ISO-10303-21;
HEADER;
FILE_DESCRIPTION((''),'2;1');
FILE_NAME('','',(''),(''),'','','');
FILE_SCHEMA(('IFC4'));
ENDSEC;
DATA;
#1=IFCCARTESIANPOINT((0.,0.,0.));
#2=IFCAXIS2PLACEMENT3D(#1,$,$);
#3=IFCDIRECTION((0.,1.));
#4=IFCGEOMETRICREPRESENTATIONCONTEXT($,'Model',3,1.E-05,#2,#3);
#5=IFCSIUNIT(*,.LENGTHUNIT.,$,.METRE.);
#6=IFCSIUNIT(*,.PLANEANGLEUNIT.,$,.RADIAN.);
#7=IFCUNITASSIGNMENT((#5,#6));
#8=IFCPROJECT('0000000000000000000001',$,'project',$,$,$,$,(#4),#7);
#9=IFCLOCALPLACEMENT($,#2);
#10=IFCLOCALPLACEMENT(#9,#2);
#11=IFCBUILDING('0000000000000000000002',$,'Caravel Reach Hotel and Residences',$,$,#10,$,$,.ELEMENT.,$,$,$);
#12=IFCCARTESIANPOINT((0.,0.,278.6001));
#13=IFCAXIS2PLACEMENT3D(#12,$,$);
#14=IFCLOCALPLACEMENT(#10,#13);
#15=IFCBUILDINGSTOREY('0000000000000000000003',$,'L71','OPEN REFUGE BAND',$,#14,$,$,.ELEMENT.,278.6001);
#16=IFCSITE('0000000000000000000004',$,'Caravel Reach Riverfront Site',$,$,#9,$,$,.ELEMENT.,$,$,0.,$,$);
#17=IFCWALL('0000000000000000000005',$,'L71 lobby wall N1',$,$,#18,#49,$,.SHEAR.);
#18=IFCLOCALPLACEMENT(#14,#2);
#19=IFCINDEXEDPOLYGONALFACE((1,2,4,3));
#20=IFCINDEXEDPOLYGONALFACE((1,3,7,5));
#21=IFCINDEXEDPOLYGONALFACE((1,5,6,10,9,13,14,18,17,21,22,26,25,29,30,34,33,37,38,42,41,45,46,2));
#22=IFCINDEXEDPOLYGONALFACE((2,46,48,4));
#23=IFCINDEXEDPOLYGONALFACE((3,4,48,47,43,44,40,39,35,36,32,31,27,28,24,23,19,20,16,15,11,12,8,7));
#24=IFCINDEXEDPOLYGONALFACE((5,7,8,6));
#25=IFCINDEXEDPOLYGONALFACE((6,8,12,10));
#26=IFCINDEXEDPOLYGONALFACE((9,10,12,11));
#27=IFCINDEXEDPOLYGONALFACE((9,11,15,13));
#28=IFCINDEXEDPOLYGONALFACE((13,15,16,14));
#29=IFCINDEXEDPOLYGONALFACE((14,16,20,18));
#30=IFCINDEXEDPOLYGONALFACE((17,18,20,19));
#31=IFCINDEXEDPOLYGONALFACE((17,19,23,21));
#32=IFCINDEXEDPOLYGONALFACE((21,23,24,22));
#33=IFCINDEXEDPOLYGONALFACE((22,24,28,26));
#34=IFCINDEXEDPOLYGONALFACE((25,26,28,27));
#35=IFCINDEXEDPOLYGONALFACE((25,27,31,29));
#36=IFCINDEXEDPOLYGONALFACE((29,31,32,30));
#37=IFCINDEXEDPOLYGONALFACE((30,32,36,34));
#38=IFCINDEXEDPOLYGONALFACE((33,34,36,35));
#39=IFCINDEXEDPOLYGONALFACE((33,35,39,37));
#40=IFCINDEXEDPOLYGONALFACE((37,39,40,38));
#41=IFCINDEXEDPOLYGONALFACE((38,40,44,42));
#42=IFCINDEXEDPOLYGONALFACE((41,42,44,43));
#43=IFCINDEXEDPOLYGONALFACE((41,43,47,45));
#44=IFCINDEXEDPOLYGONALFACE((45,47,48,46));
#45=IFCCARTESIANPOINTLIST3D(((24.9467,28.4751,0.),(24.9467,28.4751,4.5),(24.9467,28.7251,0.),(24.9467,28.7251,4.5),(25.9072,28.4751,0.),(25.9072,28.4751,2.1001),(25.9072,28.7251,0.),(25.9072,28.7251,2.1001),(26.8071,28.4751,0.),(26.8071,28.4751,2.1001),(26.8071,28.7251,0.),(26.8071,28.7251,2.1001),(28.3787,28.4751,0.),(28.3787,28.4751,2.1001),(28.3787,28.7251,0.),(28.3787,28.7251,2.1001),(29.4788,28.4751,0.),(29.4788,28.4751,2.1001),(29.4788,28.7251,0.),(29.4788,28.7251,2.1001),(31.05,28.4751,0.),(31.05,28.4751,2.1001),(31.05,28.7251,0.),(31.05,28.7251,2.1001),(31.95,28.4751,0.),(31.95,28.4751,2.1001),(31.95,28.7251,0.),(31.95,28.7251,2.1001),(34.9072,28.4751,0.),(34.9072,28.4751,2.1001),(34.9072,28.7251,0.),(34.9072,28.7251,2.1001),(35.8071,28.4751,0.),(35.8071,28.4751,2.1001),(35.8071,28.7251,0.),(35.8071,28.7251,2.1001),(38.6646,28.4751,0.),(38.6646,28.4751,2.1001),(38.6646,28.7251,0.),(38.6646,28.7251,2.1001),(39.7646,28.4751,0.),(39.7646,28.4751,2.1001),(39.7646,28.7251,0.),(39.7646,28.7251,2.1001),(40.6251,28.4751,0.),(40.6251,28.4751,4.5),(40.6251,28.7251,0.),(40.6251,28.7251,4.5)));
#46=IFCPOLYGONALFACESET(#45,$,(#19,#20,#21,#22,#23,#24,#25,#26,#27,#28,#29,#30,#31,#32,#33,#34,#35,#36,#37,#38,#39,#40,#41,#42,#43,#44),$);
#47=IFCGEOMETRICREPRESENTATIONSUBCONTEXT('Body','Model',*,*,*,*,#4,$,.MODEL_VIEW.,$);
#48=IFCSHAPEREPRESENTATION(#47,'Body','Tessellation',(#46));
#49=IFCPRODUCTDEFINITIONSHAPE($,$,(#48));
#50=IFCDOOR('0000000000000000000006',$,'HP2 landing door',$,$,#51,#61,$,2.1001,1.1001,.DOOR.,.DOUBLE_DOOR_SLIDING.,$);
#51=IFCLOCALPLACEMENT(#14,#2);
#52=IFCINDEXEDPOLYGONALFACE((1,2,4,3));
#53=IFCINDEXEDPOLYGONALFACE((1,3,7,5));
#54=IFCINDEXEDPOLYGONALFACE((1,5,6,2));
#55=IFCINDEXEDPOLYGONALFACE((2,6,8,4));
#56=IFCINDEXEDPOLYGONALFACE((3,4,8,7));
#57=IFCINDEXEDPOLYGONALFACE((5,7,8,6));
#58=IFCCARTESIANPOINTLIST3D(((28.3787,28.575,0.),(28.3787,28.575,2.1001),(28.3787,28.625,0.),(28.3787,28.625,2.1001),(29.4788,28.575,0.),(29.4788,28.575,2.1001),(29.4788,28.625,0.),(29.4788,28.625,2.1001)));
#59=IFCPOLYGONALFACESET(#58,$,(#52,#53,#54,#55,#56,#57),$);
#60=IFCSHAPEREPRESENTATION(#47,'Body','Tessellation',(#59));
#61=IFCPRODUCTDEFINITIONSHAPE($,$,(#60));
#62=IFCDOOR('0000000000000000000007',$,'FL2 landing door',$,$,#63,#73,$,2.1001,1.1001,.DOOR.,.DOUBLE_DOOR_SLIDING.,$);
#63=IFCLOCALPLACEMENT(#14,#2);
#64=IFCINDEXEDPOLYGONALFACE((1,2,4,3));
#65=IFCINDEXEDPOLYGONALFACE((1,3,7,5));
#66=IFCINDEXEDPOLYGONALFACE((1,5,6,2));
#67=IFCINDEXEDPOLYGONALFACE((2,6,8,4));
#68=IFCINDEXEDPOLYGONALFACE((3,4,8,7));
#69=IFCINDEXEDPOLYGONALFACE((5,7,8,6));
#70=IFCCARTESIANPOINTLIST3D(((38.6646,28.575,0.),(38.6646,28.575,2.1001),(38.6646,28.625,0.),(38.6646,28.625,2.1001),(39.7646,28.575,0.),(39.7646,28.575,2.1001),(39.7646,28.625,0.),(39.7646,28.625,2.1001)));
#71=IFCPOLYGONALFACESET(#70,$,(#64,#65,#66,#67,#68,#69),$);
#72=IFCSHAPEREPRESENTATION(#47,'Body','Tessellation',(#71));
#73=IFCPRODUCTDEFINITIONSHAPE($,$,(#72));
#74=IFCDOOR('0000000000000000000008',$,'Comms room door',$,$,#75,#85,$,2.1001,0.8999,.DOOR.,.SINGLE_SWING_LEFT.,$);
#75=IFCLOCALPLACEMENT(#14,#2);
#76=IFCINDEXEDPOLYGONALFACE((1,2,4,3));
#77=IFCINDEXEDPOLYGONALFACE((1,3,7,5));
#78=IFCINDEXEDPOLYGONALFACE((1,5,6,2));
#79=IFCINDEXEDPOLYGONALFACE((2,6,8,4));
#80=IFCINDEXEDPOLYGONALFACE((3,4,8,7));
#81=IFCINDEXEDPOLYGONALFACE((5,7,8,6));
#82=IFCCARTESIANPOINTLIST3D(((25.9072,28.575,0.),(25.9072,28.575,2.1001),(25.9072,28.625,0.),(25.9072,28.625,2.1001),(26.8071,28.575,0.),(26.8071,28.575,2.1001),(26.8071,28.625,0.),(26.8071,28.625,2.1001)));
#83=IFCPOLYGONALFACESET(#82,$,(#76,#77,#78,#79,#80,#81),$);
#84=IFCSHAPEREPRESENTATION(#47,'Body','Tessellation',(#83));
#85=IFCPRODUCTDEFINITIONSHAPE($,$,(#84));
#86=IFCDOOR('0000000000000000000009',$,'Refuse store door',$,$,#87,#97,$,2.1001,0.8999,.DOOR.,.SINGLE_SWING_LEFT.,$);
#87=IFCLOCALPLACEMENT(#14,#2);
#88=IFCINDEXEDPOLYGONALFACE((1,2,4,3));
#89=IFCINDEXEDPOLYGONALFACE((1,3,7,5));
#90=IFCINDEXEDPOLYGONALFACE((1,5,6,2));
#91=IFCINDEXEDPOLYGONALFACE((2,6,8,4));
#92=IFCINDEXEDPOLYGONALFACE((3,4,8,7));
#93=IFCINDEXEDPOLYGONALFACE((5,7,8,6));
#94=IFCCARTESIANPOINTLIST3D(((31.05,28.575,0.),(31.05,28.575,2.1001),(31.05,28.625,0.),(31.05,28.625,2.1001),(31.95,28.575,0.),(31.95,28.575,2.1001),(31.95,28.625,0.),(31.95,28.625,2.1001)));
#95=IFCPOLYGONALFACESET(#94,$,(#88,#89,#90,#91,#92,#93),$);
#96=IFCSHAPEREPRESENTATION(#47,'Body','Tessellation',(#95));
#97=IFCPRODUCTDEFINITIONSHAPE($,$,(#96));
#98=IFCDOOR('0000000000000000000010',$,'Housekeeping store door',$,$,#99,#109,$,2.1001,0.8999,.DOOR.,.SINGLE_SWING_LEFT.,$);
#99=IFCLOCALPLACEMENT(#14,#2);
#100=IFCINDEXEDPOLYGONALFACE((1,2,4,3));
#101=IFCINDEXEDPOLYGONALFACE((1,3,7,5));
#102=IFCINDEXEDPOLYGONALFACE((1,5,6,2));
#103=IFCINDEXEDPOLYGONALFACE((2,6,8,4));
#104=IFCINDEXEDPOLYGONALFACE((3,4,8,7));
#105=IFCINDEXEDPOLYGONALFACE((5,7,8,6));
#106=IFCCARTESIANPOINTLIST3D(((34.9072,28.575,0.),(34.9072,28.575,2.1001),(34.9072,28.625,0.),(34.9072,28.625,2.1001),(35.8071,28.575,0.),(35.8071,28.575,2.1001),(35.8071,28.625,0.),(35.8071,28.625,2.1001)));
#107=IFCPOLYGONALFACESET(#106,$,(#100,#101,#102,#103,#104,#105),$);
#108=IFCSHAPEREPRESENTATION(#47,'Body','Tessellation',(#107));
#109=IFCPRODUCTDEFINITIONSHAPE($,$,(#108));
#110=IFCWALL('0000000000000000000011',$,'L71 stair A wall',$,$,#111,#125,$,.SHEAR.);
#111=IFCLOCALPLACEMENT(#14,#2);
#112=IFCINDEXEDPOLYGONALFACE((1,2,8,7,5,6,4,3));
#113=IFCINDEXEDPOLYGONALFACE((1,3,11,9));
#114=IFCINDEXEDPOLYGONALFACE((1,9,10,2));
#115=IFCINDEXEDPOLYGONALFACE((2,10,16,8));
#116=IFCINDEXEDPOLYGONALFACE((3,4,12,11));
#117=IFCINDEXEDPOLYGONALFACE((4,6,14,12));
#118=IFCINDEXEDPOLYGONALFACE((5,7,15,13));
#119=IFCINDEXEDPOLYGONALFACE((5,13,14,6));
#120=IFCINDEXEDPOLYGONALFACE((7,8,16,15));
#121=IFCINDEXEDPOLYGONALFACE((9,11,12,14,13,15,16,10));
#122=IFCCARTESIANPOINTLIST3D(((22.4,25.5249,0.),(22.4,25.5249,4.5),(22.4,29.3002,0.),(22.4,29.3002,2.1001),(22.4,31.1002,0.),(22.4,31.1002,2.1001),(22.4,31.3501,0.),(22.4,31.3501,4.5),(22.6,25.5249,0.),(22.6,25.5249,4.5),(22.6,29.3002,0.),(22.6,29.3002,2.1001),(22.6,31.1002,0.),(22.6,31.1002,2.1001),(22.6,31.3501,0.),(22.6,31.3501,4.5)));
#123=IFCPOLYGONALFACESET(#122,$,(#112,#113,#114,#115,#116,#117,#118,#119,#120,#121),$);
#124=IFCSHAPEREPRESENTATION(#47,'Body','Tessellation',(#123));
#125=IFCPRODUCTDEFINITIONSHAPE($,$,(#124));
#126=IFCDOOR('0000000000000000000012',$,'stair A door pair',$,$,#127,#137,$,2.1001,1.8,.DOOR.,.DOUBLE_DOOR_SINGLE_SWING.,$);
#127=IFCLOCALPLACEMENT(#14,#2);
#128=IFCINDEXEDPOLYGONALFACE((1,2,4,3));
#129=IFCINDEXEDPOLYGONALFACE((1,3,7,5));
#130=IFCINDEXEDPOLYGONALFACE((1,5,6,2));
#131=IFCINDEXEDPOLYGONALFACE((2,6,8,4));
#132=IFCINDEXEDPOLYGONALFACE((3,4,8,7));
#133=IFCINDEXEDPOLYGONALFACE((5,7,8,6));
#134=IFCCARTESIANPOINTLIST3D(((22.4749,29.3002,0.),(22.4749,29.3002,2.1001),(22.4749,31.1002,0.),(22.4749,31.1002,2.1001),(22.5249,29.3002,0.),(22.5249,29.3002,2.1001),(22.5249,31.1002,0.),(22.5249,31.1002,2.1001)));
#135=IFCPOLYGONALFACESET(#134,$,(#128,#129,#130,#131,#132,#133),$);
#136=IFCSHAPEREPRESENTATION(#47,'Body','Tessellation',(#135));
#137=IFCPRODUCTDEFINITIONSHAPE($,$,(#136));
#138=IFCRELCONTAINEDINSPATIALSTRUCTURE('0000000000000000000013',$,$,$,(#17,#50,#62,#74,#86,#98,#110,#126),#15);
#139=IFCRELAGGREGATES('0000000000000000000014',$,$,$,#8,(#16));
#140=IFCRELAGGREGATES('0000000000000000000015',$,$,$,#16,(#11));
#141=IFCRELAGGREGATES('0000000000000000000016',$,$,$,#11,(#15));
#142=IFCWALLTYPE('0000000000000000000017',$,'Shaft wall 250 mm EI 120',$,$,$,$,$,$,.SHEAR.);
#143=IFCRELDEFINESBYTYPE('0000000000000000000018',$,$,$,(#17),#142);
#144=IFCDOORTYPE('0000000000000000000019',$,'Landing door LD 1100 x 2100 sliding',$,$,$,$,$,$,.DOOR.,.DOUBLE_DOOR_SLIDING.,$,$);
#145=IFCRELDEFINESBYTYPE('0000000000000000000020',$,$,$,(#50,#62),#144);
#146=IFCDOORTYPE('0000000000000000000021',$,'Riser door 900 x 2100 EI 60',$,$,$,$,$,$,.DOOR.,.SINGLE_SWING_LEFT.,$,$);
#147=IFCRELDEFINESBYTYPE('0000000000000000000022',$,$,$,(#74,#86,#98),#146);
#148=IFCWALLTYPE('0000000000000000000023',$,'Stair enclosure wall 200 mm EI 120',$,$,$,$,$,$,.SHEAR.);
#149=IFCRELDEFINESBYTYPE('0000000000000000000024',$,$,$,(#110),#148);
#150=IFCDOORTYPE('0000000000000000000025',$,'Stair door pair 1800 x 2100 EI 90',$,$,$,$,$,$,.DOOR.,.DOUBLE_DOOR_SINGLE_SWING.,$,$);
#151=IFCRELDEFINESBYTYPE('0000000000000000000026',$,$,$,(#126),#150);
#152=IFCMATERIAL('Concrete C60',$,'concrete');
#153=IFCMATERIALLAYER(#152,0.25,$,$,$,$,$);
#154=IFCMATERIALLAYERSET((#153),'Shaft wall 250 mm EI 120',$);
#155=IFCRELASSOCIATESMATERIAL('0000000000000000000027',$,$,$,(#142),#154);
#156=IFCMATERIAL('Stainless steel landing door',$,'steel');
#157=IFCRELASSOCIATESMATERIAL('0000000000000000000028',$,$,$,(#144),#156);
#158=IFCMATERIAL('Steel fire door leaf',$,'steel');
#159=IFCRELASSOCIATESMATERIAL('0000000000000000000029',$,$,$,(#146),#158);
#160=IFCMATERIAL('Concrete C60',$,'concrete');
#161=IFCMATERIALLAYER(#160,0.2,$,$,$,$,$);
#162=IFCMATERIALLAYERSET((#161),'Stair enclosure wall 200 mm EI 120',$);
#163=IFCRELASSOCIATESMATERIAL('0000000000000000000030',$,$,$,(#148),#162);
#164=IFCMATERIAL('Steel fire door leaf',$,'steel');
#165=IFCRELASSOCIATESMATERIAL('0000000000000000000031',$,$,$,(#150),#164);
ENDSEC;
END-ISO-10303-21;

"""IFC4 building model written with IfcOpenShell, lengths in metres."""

from ifc_helpers import new_model, si_unit, direction, frame, frame_2d, origin, place, context, subcontext, project, spatial, rectangle, extrude, material, layer, layer_set, type_object, element, fill, save


model = new_model("IFC4")

# Units and contexts
model_context = context("Model", 3, precision=1e-05, world=origin(), true_north=direction((0.0, 1.0)))
body_context = subcontext(model_context, "Body", "Model", "MODEL_VIEW")
ifc_project = project(units=[si_unit("LENGTHUNIT", "METRE"), si_unit("PLANEANGLEUNIT", "RADIAN")], contexts=[model_context])

# Site, building, storey
site_placement = place(None, origin())
site = spatial("IfcSite", under=ifc_project, at=site_placement, Name="Caravel Reach Riverfront Site", CompositionType="ELEMENT", RefElevation=0.0)
building_placement = place(site_placement, origin())
building = spatial("IfcBuilding", under=site, at=building_placement, Name="Caravel Reach Hotel and Residences", CompositionType="ELEMENT")
storey_placement = place(building_placement, frame((0.0, 0.0, 278.6001)))
storey = spatial("IfcBuildingStorey", under=building, at=storey_placement, Name="L71", Description="OPEN REFUGE BAND", CompositionType="ELEMENT", Elevation=278.6001)

# Wall, openings, doors
ifc_material_1 = material(Name="Concrete C60", Category="concrete")
ifc_layer_1 = layer(ifc_material_1, 0.25)
ifc_layer_set_1 = layer_set([ifc_layer_1], Name="Shaft wall 250 mm EI 120")
wall_type_1 = type_object("IfcWallType", Name="Shaft wall 250 mm EI 120", PredefinedType="SHEAR", material=ifc_layer_set_1)
wall_1_placement = place(storey_placement, frame((24.9465, 28.6001, 0.0), z_axis=(0.0, 0.0, 1.0), x_axis=(1.0, 0.0, 0.0)))
wall_1 = element("IfcWall", 1, at=wall_1_placement, inside=storey, type_object=wall_type_1, Name="L71 lobby wall N1", PredefinedType="SHEAR", context=body_context, shape_type="SweptSolid", body=[
    extrude(rectangle(XDim=15.6785, YDim=0.25, at=frame_2d((7.8394, 0.0))), origin(), (0.0, 0.0, 1.0), 4.5),
])
opening_1_placement = place(wall_1_placement, frame((3.4321, 0.0, 0.0)))
opening_1 = element("IfcOpeningElement", 2, at=opening_1_placement, cuts=wall_1, PredefinedType="OPENING", context=body_context, shape_type="SweptSolid", body=[
    extrude(rectangle(XDim=1.1001, YDim=2.1001, at=frame_2d((0.55, 1.05))), frame((0.0, 0.135, 0.0), z_axis=(0.0, -1.0, 0.0), x_axis=(1.0, 0.0, 0.0)), (0.0, 0.0, 1.0), 0.27),
])
opening_2_placement = place(wall_1_placement, frame((13.718, 0.0, 0.0)))
opening_2 = element("IfcOpeningElement", 3, at=opening_2_placement, cuts=wall_1, PredefinedType="OPENING", context=body_context, shape_type="SweptSolid", body=[
    extrude(rectangle(XDim=1.1001, YDim=2.1001, at=frame_2d((0.55, 1.05))), frame((0.0, 0.135, 0.0), z_axis=(0.0, -1.0, 0.0), x_axis=(1.0, 0.0, 0.0)), (0.0, 0.0, 1.0), 0.27),
])
opening_3_placement = place(wall_1_placement, frame((0.9607, 0.0, 0.0)))
opening_3 = element("IfcOpeningElement", 4, at=opening_3_placement, cuts=wall_1, PredefinedType="OPENING", context=body_context, shape_type="SweptSolid", body=[
    extrude(rectangle(XDim=0.8999, YDim=2.1001, at=frame_2d((0.45, 1.05))), frame((0.0, 0.135, 0.0), z_axis=(0.0, -1.0, 0.0), x_axis=(1.0, 0.0, 0.0)), (0.0, 0.0, 1.0), 0.27),
])
opening_4_placement = place(wall_1_placement, frame((6.1035, 0.0, 0.0)))
opening_4 = element("IfcOpeningElement", 5, at=opening_4_placement, cuts=wall_1, PredefinedType="OPENING", context=body_context, shape_type="SweptSolid", body=[
    extrude(rectangle(XDim=0.8999, YDim=2.1001, at=frame_2d((0.45, 1.05))), frame((0.0, 0.135, 0.0), z_axis=(0.0, -1.0, 0.0), x_axis=(1.0, 0.0, 0.0)), (0.0, 0.0, 1.0), 0.27),
])
opening_5_placement = place(wall_1_placement, frame((9.9607, 0.0, 0.0)))
opening_5 = element("IfcOpeningElement", 6, at=opening_5_placement, cuts=wall_1, PredefinedType="OPENING", context=body_context, shape_type="SweptSolid", body=[
    extrude(rectangle(XDim=0.8999, YDim=2.1001, at=frame_2d((0.45, 1.05))), frame((0.0, 0.135, 0.0), z_axis=(0.0, -1.0, 0.0), x_axis=(1.0, 0.0, 0.0)), (0.0, 0.0, 1.0), 0.27),
])
ifc_material_2 = material(Name="Stainless steel landing door", Category="steel")
door_type_1 = type_object("IfcDoorType", Name="Landing door LD 1100 x 2100 sliding", OperationType="DOUBLE_DOOR_SLIDING", PredefinedType="DOOR", material=ifc_material_2)
door_1_placement = place(opening_1_placement, origin())
door_1 = element("IfcDoor", 7, at=door_1_placement, inside=storey, type_object=door_type_1, Name="HP2 landing door", OperationType="DOUBLE_DOOR_SLIDING", OverallHeight=2.1001, OverallWidth=1.1001, PredefinedType="DOOR", context=body_context, shape_type="SweptSolid", body=[
    extrude(rectangle(XDim=1.1001, YDim=2.1001, at=frame_2d((0.55, 1.05))), frame((0.0, 0.0249, 0.0), z_axis=(0.0, -1.0, 0.0), x_axis=(1.0, 0.0, 0.0)), (0.0, 0.0, 1.0), 0.05),
])
fill(opening_1, door_1)
door_2_placement = place(opening_2_placement, origin())
door_2 = element("IfcDoor", 8, at=door_2_placement, inside=storey, type_object=door_type_1, Name="FL2 landing door", OperationType="DOUBLE_DOOR_SLIDING", OverallHeight=2.1001, OverallWidth=1.1001, PredefinedType="DOOR", context=body_context, shape_type="SweptSolid", body=[
    extrude(rectangle(XDim=1.1001, YDim=2.1001, at=frame_2d((0.55, 1.05))), frame((0.0, 0.0249, 0.0), z_axis=(0.0, -1.0, 0.0), x_axis=(1.0, 0.0, 0.0)), (0.0, 0.0, 1.0), 0.05),
])
fill(opening_2, door_2)
ifc_material_3 = material(Name="Steel fire door leaf", Category="steel")
door_type_2 = type_object("IfcDoorType", Name="Riser door 900 x 2100 EI 60", OperationType="SINGLE_SWING_LEFT", PredefinedType="DOOR", material=ifc_material_3)
door_3_placement = place(opening_3_placement, origin())
door_3 = element("IfcDoor", 9, at=door_3_placement, inside=storey, type_object=door_type_2, Name="Comms room door", OperationType="SINGLE_SWING_LEFT", OverallHeight=2.1001, OverallWidth=0.8999, PredefinedType="DOOR", context=body_context, shape_type="SweptSolid", body=[
    extrude(rectangle(XDim=0.8999, YDim=2.1001, at=frame_2d((0.45, 1.05))), frame((0.0, 0.0249, 0.0), z_axis=(0.0, -1.0, 0.0), x_axis=(1.0, 0.0, 0.0)), (0.0, 0.0, 1.0), 0.05),
])
fill(opening_3, door_3)
door_4_placement = place(opening_4_placement, origin())
door_4 = element("IfcDoor", 10, at=door_4_placement, inside=storey, type_object=door_type_2, Name="Refuse store door", OperationType="SINGLE_SWING_LEFT", OverallHeight=2.1001, OverallWidth=0.8999, PredefinedType="DOOR", context=body_context, shape_type="SweptSolid", body=[
    extrude(rectangle(XDim=0.8999, YDim=2.1001, at=frame_2d((0.45, 1.05))), frame((0.0, 0.0249, 0.0), z_axis=(0.0, -1.0, 0.0), x_axis=(1.0, 0.0, 0.0)), (0.0, 0.0, 1.0), 0.05),
])
fill(opening_4, door_4)
door_5_placement = place(opening_5_placement, origin())
door_5 = element("IfcDoor", 11, at=door_5_placement, inside=storey, type_object=door_type_2, Name="Housekeeping store door", OperationType="SINGLE_SWING_LEFT", OverallHeight=2.1001, OverallWidth=0.8999, PredefinedType="DOOR", context=body_context, shape_type="SweptSolid", body=[
    extrude(rectangle(XDim=0.8999, YDim=2.1001, at=frame_2d((0.45, 1.05))), frame((0.0, 0.0249, 0.0), z_axis=(0.0, -1.0, 0.0), x_axis=(1.0, 0.0, 0.0)), (0.0, 0.0, 1.0), 0.05),
])
fill(opening_5, door_5)

# Wall, opening, door
ifc_material_4 = material(Name="Concrete C60", Category="concrete")
ifc_layer_2 = layer(ifc_material_4, 0.2)
ifc_layer_set_2 = layer_set([ifc_layer_2], Name="Stair enclosure wall 200 mm EI 120")
wall_type_2 = type_object("IfcWallType", Name="Stair enclosure wall 200 mm EI 120", PredefinedType="SHEAR", material=ifc_layer_set_2)
wall_2_placement = place(storey_placement, frame((22.5, 31.3501, 0.0), z_axis=(0.0, 0.0, 1.0), x_axis=(0.0, -1.0, 0.0)))
wall_2 = element("IfcWall", 12, at=wall_2_placement, inside=storey, type_object=wall_type_2, Name="L71 stair A wall", PredefinedType="SHEAR", context=body_context, shape_type="SweptSolid", body=[
    extrude(rectangle(XDim=5.8252, YDim=0.2, at=frame_2d((2.9126, 0.0))), origin(), (0.0, 0.0, 1.0), 4.5),
])
opening_6_placement = place(wall_2_placement, frame((0.25, 0.0, 0.0)))
opening_6 = element("IfcOpeningElement", 13, at=opening_6_placement, cuts=wall_2, PredefinedType="OPENING", context=body_context, shape_type="SweptSolid", body=[
    extrude(rectangle(XDim=1.8, YDim=2.1001, at=frame_2d((0.8999, 1.05))), frame((0.0, 0.1099, 0.0), z_axis=(0.0, -1.0, 0.0), x_axis=(1.0, 0.0, 0.0)), (0.0, 0.0, 1.0), 0.22),
])
ifc_material_5 = material(Name="Steel fire door leaf", Category="steel")
door_type_3 = type_object("IfcDoorType", Name="Stair door pair 1800 x 2100 EI 90", OperationType="DOUBLE_DOOR_SINGLE_SWING", PredefinedType="DOOR", material=ifc_material_5)
door_6_placement = place(opening_6_placement, origin())
door_6 = element("IfcDoor", 14, at=door_6_placement, inside=storey, type_object=door_type_3, Name="stair A door pair", OperationType="DOUBLE_DOOR_SINGLE_SWING", OverallHeight=2.1001, OverallWidth=1.8, PredefinedType="DOOR", context=body_context, shape_type="SweptSolid", body=[
    extrude(rectangle(XDim=1.8, YDim=2.1001, at=frame_2d((0.8999, 1.05))), frame((0.0, 0.0249, 0.0), z_axis=(0.0, -1.0, 0.0), x_axis=(1.0, 0.0, 0.0)), (0.0, 0.0, 1.0), 0.05),
])
fill(opening_6, door_6)

save(model, "model.ifc")
